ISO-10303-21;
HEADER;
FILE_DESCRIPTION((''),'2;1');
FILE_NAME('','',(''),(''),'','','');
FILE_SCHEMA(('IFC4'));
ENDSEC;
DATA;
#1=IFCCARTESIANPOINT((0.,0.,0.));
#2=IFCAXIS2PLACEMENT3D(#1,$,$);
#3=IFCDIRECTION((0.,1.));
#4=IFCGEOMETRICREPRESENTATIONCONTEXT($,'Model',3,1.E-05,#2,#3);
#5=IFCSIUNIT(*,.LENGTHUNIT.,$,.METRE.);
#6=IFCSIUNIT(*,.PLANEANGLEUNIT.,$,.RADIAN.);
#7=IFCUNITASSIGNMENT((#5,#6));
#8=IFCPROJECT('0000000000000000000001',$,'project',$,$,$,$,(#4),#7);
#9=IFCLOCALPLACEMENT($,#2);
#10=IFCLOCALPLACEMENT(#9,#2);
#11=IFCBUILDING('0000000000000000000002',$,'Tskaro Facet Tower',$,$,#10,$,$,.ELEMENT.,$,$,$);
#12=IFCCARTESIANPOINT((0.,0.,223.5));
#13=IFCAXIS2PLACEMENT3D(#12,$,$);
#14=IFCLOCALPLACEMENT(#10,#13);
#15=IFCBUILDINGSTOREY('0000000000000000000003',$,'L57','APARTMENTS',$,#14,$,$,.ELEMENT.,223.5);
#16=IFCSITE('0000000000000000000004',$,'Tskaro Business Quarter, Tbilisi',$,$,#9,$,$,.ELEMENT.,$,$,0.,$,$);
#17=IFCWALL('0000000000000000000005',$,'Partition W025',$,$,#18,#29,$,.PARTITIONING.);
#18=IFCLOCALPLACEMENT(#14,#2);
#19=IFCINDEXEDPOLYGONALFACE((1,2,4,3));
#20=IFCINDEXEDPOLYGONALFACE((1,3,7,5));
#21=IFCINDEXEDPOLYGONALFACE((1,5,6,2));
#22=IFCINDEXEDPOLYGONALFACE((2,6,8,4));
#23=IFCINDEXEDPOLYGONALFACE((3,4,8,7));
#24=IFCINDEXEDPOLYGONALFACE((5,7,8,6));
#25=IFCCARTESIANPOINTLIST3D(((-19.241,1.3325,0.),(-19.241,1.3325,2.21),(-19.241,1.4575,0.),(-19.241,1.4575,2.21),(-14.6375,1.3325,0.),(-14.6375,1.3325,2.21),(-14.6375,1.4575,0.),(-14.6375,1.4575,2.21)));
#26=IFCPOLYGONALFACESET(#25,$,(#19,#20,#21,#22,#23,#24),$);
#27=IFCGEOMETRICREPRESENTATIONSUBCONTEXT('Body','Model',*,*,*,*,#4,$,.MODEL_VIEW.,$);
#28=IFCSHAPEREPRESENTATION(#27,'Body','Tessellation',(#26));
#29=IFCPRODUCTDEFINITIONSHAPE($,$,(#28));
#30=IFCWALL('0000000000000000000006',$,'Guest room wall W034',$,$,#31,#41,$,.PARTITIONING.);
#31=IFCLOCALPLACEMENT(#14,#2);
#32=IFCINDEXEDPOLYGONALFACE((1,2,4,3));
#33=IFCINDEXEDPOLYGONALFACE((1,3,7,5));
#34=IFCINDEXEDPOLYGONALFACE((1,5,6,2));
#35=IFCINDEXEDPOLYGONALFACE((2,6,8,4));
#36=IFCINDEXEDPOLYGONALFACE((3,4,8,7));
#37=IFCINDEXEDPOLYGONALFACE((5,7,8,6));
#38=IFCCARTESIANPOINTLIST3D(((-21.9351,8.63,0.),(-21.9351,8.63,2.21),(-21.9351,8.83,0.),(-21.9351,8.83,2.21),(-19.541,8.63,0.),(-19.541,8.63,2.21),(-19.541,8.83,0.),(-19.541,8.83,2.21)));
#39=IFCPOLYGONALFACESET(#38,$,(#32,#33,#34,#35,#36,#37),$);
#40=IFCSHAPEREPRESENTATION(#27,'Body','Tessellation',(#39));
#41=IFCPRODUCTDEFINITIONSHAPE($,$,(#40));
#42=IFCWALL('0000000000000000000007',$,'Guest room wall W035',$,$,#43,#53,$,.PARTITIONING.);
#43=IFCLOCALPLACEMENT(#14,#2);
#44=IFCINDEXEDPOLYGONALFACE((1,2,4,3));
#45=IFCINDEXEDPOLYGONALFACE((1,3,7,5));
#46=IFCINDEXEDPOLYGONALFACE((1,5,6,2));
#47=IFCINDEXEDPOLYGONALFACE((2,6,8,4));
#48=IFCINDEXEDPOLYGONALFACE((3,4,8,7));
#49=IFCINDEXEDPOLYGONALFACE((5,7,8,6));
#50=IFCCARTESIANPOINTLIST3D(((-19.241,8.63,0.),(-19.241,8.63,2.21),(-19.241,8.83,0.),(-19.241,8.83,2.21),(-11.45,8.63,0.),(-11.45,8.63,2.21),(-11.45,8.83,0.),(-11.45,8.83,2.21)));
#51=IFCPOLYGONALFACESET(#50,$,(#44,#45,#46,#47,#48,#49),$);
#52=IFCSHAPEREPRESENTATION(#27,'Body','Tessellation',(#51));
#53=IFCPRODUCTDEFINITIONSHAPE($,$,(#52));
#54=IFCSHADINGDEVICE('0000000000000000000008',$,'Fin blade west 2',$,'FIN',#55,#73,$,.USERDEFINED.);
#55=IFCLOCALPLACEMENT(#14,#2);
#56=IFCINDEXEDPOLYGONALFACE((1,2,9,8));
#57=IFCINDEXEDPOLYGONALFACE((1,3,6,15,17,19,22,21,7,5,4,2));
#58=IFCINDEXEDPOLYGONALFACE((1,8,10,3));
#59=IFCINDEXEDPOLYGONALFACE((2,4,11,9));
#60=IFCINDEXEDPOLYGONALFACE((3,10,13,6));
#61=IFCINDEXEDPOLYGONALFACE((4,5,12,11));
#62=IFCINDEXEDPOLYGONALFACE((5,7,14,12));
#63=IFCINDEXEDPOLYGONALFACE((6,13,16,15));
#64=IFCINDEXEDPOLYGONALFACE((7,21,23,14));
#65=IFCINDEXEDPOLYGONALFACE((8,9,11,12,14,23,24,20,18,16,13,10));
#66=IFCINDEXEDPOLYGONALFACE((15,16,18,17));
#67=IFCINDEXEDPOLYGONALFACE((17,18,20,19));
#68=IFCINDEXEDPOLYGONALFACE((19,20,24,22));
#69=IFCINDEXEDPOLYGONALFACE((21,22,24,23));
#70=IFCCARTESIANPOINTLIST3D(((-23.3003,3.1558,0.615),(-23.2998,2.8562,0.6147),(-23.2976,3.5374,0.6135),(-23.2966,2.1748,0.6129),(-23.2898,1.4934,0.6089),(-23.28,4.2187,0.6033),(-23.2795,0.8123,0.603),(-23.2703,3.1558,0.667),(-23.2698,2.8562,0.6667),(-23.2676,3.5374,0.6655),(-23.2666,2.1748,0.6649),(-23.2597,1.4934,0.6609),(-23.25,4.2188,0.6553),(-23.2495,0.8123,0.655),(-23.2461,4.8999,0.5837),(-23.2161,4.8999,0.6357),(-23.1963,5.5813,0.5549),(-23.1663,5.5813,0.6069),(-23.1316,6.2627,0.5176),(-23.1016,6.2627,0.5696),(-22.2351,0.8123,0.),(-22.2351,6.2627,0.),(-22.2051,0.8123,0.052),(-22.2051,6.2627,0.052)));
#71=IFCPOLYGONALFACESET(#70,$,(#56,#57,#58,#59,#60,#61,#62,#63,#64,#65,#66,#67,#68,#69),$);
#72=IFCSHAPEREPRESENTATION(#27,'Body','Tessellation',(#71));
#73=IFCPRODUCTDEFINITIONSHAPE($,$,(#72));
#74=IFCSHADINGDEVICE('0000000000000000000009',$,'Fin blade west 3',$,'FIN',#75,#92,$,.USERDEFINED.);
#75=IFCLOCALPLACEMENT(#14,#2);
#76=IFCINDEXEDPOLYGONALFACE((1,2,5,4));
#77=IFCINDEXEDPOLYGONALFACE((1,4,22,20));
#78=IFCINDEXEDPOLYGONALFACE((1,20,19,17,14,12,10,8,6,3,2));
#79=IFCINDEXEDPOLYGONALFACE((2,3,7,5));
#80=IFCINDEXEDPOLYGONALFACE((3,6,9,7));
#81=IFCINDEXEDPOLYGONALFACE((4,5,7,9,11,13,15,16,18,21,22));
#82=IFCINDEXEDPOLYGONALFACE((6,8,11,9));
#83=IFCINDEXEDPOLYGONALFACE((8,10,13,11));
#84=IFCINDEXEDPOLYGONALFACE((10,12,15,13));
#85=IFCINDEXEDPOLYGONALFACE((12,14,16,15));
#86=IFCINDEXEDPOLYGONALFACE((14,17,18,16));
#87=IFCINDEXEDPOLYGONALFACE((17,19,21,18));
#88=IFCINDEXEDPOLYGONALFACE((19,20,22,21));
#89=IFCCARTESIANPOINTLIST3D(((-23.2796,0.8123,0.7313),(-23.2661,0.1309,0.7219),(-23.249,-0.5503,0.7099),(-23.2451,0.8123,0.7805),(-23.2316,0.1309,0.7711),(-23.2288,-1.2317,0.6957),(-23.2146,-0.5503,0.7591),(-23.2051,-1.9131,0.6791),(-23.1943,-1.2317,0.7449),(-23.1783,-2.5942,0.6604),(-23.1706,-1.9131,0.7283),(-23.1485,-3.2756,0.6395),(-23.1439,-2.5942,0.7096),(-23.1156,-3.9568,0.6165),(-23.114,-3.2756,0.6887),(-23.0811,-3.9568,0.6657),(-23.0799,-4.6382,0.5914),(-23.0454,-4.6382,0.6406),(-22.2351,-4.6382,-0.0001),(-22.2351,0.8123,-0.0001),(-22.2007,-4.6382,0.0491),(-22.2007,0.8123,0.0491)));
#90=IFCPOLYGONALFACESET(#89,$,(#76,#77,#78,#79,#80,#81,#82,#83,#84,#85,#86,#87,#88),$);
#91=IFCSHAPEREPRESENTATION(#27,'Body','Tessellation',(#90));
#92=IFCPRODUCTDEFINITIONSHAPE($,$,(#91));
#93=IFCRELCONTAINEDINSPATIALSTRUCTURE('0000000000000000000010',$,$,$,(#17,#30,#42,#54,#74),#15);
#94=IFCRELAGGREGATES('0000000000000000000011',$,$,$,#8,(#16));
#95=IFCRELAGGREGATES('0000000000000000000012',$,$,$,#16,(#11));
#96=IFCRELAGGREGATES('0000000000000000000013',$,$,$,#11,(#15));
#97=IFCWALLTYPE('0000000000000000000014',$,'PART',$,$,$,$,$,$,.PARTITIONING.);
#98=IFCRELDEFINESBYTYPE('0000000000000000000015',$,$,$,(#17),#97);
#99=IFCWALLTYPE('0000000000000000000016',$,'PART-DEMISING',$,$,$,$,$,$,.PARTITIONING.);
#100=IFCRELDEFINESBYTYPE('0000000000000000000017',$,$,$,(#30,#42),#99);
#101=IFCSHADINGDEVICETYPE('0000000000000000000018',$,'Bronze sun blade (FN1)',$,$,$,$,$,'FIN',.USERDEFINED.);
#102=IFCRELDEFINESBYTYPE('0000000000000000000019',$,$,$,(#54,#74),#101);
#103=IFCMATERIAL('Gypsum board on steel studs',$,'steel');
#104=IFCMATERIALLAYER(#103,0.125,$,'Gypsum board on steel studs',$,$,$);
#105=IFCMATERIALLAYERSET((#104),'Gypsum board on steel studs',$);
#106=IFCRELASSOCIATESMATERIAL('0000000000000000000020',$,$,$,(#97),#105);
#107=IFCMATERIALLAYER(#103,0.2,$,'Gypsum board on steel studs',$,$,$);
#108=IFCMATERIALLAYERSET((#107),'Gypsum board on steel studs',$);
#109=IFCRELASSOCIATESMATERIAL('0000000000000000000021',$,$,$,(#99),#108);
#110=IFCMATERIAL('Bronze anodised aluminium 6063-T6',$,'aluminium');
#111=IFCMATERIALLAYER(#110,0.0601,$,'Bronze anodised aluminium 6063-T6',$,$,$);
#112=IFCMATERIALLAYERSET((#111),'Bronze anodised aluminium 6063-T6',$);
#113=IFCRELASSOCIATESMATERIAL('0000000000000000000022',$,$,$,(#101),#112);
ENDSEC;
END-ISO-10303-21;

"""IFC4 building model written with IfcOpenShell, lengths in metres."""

from ifc_helpers import new_model, si_unit, direction, frame, frame_2d, origin, place, context, subcontext, project, spatial, polyline, rectangle, outline, extrude, material, layer, layer_set, type_object, element, save


model = new_model("IFC4")

# Units and contexts
model_context = context("Model", 3, precision=1e-05, world=origin(), true_north=direction((0.0, 1.0)))
body_context = subcontext(model_context, "Body", "Model", "MODEL_VIEW")
ifc_project = project(units=[si_unit("LENGTHUNIT", "METRE"), si_unit("PLANEANGLEUNIT", "RADIAN")], contexts=[model_context])

# Site, building, storey
site_placement = place(None, origin())
site = spatial("IfcSite", under=ifc_project, at=site_placement, Name="Tskaro Business Quarter, Tbilisi", CompositionType="ELEMENT", RefElevation=0.0)
building_placement = place(site_placement, origin())
building = spatial("IfcBuilding", under=site, at=building_placement, Name="Tskaro Facet Tower", CompositionType="ELEMENT")
storey_placement = place(building_placement, frame((0.0, 0.0, 223.5)))
storey = spatial("IfcBuildingStorey", under=building, at=storey_placement, Name="L57", Description="APARTMENTS", CompositionType="ELEMENT", Elevation=223.5)

# Shared definitions
ifc_material_1 = material(Name="Bronze anodised aluminium 6063-T6", Category="aluminium")

# Walls
ifc_material_2 = material(Name="Gypsum board on steel studs", Category="steel")
ifc_layer_1 = layer(ifc_material_2, 0.125, Name="Gypsum board on steel studs")
ifc_layer_set_1 = layer_set([ifc_layer_1], Name="Gypsum board on steel studs")
wall_type_1 = type_object("IfcWallType", Name="PART", PredefinedType="PARTITIONING", material=ifc_layer_set_1)
wall_1_placement = place(storey_placement, frame((-19.241, 1.395, 0.0), z_axis=(0.0, 0.0, 1.0), x_axis=(1.0, 0.0, 0.0)))
element("IfcWall", 1, at=wall_1_placement, inside=storey, type_object=wall_type_1, Name="Partition W025", PredefinedType="PARTITIONING", context=body_context, shape_type="SweptSolid", body=[
    extrude(rectangle(XDim=4.6035, YDim=0.125, at=frame_2d((2.3018, 0.0))), origin(), (0.0, 0.0, 1.0), 2.21),
])
ifc_layer_2 = layer(ifc_material_2, 0.2, Name="Gypsum board on steel studs")
ifc_layer_set_2 = layer_set([ifc_layer_2], Name="Gypsum board on steel studs")
wall_type_2 = type_object("IfcWallType", Name="PART-DEMISING", PredefinedType="PARTITIONING", material=ifc_layer_set_2)
wall_2_placement = place(storey_placement, frame((-21.9351, 8.73, 0.0), z_axis=(0.0, 0.0, 1.0), x_axis=(1.0, 0.0, 0.0)))
element("IfcWall", 2, at=wall_2_placement, inside=storey, type_object=wall_type_2, Name="Guest room wall W034", PredefinedType="PARTITIONING", context=body_context, shape_type="SweptSolid", body=[
    extrude(rectangle(XDim=2.394, YDim=0.2, at=frame_2d((1.197, 0.0))), origin(), (0.0, 0.0, 1.0), 2.21),
])
wall_3_placement = place(storey_placement, frame((-19.241, 8.73, 0.0), z_axis=(0.0, 0.0, 1.0), x_axis=(1.0, 0.0, 0.0)))
element("IfcWall", 3, at=wall_3_placement, inside=storey, type_object=wall_type_2, Name="Guest room wall W035", PredefinedType="PARTITIONING", context=body_context, shape_type="SweptSolid", body=[
    extrude(rectangle(XDim=7.791, YDim=0.2, at=frame_2d((3.8955, 0.0))), origin(), (0.0, 0.0, 1.0), 2.21),
])

# Shading devices
ifc_layer_3 = layer(ifc_material_1, 0.0601, Name="Bronze anodised aluminium 6063-T6")
ifc_layer_set_3 = layer_set([ifc_layer_3], Name="Bronze anodised aluminium 6063-T6")
shading_device_type = type_object("IfcShadingDeviceType", Name="Bronze sun blade (FN1)", ElementType="FIN", PredefinedType="USERDEFINED", material=ifc_layer_set_3)
shading_device_1_placement = place(storey_placement, frame((-22.2051, 6.2627, 0.052), z_axis=(0.500002, 0.000002, 0.866024), x_axis=(0.000001, -1.0, 0.000002)))
element("IfcShadingDevice", 4, at=shading_device_1_placement, inside=storey, type_object=shading_device_type, Name="Fin blade west 2", ObjectType="FIN", PredefinedType="USERDEFINED", context=body_context, shape_type="SweptSolid", body=[
    extrude(outline(polyline([(0.0, 0.0), (5.4504, 0.0), (5.4504, -1.206), (4.7693, -1.2178), (4.0879, -1.2257), (3.4065, -1.2294), (3.1069, -1.23), (2.7253, -1.2269), (2.0439, -1.2066), (1.3628, -1.1674), (0.6814, -1.1099), (0.0, -1.0352), (0.0, 0.0)])), origin(), (0.0, 0.0, -1.0), 0.0601),
])
shading_device_2_placement = place(storey_placement, frame((-22.2007, 0.8123, 0.0491), z_axis=(0.573635, -0.000002, 0.819111), x_axis=(-0.000001, -1.0, -0.000002)))
element("IfcShadingDevice", 5, at=shading_device_2_placement, inside=storey, type_object=shading_device_type, Name="Fin blade west 3", ObjectType="FIN", PredefinedType="USERDEFINED", context=body_context, shape_type="SweptSolid", body=[
    extrude(outline(polyline([(0.0, 0.0), (5.4504, 0.0), (5.4504, -1.0313), (4.769, -1.0749), (4.0879, -1.115), (3.4065, -1.1515), (2.7253, -1.1841), (2.0439, -1.213), (1.3625, -1.2378), (0.6814, -1.2586), (0.0, -1.2751), (0.0, 0.0)])), origin(), (0.0, 0.0, -1.0), 0.0601),
])

save(model, "model.ifc")
